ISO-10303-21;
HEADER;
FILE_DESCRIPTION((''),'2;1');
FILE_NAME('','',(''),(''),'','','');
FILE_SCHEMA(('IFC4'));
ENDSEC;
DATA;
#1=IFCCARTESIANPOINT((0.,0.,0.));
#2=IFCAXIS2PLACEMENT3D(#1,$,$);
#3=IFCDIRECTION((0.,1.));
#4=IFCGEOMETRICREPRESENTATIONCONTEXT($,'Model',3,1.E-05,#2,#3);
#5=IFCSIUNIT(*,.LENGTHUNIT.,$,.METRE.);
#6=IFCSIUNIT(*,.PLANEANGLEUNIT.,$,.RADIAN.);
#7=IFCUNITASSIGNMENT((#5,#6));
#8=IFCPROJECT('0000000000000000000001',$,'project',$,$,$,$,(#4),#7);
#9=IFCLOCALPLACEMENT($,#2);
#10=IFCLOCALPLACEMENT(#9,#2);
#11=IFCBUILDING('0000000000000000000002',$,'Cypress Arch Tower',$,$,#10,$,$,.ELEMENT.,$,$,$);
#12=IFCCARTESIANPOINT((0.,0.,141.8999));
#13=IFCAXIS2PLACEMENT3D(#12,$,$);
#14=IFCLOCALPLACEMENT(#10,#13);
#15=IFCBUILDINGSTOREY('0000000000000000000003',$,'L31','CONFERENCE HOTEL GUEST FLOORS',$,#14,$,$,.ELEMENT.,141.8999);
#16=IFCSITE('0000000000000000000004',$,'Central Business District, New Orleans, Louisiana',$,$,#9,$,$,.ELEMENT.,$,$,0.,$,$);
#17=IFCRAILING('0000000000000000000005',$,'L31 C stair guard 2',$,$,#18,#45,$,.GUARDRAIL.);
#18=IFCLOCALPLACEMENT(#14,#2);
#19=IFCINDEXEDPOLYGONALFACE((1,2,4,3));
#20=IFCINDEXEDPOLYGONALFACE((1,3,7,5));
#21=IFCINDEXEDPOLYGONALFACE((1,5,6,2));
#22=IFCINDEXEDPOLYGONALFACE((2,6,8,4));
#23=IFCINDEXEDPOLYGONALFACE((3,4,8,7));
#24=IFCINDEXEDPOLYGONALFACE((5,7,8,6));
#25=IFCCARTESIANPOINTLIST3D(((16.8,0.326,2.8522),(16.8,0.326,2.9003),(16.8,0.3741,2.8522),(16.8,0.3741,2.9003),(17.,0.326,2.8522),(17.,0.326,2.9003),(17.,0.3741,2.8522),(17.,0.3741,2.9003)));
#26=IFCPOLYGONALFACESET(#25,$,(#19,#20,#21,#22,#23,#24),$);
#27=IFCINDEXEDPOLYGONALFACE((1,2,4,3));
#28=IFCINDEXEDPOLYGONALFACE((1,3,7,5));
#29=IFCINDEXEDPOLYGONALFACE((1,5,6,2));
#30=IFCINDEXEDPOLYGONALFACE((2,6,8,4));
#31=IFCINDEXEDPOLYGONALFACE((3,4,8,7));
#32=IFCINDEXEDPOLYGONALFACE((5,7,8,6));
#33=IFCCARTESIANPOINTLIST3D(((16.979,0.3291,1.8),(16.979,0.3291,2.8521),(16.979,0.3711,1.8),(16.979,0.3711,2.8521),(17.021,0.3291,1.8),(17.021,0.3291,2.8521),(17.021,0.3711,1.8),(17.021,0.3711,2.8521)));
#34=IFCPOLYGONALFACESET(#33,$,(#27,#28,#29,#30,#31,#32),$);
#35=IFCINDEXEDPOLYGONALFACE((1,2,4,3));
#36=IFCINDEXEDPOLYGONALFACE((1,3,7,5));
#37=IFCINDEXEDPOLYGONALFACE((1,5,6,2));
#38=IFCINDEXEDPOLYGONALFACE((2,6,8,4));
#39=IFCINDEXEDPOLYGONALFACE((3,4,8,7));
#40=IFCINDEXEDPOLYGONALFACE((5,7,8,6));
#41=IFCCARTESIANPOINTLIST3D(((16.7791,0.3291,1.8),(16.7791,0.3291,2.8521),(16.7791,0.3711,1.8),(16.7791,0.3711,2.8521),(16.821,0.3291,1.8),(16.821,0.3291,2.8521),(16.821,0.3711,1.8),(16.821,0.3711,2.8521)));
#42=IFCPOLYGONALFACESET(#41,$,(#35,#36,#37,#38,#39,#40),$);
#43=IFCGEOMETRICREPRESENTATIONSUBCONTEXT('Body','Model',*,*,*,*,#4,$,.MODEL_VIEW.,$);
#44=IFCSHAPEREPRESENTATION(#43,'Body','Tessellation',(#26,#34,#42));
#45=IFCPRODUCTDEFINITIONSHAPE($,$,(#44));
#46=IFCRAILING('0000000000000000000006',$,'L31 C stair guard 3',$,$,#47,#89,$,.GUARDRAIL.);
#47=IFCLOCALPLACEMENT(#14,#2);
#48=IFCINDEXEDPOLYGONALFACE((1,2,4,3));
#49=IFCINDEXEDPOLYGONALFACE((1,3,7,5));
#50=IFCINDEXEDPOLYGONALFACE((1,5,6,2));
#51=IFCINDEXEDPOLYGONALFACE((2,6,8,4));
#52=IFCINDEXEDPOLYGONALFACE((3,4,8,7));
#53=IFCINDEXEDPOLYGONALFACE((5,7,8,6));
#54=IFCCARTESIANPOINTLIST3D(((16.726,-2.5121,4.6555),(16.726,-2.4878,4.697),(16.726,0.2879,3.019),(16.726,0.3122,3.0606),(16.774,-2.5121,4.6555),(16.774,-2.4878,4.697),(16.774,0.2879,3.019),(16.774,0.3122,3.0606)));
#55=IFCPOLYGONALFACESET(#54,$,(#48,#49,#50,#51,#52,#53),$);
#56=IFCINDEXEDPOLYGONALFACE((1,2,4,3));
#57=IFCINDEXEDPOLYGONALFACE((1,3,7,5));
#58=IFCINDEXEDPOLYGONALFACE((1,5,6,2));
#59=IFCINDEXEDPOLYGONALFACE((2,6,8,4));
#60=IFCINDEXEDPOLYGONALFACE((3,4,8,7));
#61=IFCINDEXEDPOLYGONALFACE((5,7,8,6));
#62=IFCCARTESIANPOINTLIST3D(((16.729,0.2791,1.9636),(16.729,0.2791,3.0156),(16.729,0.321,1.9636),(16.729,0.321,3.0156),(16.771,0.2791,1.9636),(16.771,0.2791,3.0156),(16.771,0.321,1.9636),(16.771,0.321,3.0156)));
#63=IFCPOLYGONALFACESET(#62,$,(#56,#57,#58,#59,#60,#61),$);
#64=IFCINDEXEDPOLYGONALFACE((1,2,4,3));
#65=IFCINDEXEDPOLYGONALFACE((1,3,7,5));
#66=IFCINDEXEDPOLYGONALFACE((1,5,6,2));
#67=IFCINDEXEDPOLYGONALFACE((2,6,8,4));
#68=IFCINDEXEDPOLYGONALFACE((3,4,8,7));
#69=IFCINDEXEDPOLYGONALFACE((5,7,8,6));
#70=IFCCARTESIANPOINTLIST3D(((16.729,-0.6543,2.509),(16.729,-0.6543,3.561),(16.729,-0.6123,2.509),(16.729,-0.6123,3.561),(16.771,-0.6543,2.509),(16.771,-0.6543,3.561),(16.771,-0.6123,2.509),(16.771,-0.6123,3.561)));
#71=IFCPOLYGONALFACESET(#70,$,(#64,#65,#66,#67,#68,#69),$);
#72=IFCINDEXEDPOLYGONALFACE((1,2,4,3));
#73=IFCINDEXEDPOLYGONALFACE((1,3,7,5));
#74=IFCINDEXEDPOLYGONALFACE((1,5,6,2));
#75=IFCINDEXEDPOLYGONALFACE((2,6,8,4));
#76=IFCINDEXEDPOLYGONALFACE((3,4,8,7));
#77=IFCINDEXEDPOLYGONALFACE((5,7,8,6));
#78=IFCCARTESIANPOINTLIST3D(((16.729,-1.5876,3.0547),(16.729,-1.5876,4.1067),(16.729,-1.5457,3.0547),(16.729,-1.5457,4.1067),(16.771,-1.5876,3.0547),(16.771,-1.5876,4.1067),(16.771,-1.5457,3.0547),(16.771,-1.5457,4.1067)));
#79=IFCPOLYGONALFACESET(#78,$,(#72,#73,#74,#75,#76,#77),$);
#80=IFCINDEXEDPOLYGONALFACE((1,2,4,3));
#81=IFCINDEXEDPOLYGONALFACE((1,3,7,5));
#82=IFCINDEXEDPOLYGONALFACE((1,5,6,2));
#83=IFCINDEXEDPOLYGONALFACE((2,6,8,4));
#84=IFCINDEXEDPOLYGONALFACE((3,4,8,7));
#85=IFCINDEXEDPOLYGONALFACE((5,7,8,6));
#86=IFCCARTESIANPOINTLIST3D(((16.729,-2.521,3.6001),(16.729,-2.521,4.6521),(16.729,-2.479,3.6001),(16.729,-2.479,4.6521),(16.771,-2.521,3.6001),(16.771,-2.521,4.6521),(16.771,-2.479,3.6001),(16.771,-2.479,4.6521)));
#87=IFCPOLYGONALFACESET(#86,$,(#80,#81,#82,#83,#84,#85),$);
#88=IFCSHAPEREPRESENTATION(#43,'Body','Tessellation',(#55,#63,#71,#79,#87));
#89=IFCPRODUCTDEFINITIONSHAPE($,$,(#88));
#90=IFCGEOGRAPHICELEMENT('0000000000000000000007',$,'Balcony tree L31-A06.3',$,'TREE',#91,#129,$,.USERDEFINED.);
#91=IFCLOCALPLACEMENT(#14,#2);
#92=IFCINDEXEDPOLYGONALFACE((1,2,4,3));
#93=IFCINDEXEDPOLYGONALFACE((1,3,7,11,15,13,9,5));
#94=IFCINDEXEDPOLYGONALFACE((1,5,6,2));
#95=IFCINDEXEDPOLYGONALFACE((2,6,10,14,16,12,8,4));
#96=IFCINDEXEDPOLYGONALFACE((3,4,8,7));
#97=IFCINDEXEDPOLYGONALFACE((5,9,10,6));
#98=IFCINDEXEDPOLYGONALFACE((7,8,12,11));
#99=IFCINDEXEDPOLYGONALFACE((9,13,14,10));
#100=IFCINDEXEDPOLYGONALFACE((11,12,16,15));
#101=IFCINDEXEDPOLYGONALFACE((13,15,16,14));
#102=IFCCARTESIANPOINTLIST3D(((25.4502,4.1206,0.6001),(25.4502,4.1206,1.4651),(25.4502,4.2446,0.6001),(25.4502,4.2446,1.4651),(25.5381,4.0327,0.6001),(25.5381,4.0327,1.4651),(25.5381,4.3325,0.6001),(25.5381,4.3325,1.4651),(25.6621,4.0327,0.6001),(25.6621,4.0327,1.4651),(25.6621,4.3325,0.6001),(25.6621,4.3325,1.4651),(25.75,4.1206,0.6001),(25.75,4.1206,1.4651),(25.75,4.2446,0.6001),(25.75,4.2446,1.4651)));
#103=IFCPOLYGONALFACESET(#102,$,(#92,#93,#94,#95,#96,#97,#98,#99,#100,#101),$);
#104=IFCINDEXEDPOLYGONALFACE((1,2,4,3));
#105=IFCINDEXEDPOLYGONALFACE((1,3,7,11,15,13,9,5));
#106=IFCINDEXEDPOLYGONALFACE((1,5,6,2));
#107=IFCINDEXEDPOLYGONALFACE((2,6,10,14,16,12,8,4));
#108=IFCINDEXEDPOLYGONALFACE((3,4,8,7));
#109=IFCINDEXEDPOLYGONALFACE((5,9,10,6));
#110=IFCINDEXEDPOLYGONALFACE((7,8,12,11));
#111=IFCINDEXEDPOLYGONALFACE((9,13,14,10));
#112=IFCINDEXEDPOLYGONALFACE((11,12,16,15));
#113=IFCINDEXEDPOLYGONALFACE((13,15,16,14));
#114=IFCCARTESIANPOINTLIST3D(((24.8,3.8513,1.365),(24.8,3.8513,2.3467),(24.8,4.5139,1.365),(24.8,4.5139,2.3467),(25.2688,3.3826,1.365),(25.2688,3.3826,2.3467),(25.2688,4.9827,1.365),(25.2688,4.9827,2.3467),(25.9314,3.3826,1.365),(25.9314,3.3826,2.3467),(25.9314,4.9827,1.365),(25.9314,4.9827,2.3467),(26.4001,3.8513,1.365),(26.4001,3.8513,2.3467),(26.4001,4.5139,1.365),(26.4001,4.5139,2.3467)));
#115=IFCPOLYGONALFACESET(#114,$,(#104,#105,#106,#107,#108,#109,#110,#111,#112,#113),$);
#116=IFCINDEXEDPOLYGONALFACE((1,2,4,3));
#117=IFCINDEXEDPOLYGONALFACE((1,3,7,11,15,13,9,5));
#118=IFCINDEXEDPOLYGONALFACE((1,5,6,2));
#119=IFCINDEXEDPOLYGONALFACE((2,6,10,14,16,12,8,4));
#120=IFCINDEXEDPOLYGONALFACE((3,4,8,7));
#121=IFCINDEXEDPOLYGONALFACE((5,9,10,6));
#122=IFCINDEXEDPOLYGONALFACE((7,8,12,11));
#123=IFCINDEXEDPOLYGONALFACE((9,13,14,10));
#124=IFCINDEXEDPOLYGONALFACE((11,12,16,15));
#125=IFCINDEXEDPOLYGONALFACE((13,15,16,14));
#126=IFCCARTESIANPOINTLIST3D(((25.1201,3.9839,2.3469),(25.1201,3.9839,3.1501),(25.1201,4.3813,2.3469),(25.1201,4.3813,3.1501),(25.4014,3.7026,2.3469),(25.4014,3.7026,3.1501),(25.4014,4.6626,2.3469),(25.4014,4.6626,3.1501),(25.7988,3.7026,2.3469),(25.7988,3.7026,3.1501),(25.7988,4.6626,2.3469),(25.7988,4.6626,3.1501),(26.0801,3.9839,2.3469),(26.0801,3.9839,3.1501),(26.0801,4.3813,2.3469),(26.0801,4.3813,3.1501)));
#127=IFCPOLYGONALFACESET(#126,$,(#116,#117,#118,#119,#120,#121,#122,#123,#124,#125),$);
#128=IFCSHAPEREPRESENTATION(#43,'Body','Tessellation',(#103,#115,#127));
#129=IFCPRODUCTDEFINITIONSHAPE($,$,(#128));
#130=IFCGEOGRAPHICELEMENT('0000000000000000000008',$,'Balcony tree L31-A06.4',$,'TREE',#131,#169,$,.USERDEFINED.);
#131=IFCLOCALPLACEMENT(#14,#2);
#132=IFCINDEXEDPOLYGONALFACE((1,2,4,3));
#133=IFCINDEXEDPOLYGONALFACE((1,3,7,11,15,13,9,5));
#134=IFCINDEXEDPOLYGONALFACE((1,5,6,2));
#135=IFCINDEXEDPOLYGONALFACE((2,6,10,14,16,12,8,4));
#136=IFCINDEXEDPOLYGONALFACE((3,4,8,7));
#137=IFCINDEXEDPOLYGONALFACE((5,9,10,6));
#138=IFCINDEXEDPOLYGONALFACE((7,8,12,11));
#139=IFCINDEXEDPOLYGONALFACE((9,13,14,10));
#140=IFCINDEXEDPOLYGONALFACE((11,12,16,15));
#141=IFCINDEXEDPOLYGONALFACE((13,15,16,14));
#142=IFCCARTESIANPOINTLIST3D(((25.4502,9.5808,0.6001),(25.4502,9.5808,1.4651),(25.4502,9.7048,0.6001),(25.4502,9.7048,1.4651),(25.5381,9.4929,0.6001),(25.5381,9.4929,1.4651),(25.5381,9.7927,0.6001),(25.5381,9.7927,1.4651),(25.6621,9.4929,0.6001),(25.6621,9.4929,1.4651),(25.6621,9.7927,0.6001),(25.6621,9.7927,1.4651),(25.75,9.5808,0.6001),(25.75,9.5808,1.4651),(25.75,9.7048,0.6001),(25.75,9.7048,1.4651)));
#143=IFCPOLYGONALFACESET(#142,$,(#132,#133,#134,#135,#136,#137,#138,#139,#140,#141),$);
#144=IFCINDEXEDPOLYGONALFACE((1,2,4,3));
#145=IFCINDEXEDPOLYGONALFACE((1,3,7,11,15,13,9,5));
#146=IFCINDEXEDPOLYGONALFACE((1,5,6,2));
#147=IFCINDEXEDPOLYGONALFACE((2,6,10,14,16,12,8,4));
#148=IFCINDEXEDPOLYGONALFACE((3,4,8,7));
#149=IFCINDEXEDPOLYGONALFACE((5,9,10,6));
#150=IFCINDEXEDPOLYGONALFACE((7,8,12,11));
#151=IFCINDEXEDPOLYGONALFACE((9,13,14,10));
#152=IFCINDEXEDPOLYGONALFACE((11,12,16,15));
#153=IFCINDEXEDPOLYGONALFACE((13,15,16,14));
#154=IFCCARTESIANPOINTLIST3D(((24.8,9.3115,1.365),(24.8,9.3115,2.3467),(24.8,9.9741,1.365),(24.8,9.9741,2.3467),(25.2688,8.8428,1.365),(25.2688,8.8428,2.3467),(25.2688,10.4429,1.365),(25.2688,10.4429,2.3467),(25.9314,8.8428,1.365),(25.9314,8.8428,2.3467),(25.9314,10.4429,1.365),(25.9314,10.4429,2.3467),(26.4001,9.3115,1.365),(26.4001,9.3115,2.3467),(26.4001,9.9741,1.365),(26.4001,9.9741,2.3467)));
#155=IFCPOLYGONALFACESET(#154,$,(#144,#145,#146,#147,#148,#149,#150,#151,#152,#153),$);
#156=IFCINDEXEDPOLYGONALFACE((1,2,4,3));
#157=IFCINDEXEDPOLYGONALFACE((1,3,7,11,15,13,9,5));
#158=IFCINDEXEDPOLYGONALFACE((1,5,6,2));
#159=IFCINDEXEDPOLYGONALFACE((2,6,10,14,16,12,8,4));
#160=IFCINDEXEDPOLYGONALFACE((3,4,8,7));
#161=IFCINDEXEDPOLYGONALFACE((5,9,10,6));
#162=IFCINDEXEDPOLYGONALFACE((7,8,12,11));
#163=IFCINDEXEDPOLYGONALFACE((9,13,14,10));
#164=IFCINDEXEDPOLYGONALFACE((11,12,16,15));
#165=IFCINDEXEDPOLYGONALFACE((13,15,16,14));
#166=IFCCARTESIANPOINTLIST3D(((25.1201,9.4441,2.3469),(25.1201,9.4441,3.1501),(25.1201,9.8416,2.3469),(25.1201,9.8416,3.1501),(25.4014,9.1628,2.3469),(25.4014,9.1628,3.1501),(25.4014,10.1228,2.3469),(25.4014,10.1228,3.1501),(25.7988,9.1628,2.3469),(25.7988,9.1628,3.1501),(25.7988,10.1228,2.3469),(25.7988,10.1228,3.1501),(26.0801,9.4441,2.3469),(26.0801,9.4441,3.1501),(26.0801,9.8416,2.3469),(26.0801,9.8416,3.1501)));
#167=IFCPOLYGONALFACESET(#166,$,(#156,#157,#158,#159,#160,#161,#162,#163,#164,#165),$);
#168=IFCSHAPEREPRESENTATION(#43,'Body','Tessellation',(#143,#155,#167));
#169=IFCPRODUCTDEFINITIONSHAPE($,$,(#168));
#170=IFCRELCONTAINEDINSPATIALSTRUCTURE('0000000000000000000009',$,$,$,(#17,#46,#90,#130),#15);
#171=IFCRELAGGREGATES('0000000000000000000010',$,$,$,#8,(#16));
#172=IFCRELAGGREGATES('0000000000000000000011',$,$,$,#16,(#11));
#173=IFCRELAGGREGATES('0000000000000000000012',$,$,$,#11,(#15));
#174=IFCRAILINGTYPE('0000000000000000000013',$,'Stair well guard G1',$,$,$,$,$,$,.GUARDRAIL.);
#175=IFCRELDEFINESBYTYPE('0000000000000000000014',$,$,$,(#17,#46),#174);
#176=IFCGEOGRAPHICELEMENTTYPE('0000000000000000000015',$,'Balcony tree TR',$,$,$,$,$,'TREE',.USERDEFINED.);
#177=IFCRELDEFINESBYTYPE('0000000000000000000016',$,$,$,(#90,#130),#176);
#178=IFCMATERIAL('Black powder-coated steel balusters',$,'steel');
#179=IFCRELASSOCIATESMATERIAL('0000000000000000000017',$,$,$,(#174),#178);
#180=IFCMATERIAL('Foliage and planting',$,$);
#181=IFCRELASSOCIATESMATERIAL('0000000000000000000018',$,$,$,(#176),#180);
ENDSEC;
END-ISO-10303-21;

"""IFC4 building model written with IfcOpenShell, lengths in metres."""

from ifc_helpers import new_model, si_unit, direction, frame, origin, origin_2d, place, context, subcontext, project, spatial, polyline, rectangle, outline, extrude, material, type_object, element, save


model = new_model("IFC4")

# Units and contexts
model_context = context("Model", 3, precision=1e-05, world=origin(), true_north=direction((0.0, 1.0)))
body_context = subcontext(model_context, "Body", "Model", "MODEL_VIEW")
ifc_project = project(units=[si_unit("LENGTHUNIT", "METRE"), si_unit("PLANEANGLEUNIT", "RADIAN")], contexts=[model_context])

# Site, building, storey
site_placement = place(None, origin())
site = spatial("IfcSite", under=ifc_project, at=site_placement, Name="Central Business District, New Orleans, Louisiana", CompositionType="ELEMENT", RefElevation=0.0)
building_placement = place(site_placement, origin())
building = spatial("IfcBuilding", under=site, at=building_placement, Name="Cypress Arch Tower", CompositionType="ELEMENT")
storey_placement = place(building_placement, frame((0.0, 0.0, 141.8999)))
storey = spatial("IfcBuildingStorey", under=building, at=storey_placement, Name="L31", Description="CONFERENCE HOTEL GUEST FLOORS", CompositionType="ELEMENT", Elevation=141.8999)

# Railings
ifc_material_1 = material(Name="Black powder-coated steel balusters", Category="steel")
railing_type_1 = type_object("IfcRailingType", Name="Stair well guard G1", PredefinedType="GUARDRAIL", material=ifc_material_1)
railing_1_placement = place(storey_placement, frame((17.0, 0.3501, 1.8)))
element("IfcRailing", 1, at=railing_1_placement, inside=storey, type_object=railing_type_1, Name="L31 C stair guard 2", PredefinedType="GUARDRAIL", context=body_context, shape_type="SweptSolid", body=[
    extrude(rectangle(XDim=0.0481, YDim=0.0481, at=origin_2d()), frame((0.0, 0.0, 1.0762), z_axis=(-1.0, 0.0, 0.0), x_axis=(0.0, -1.0, 0.0)), (0.0, 0.0, 1.0), 0.2),
    extrude(rectangle(XDim=0.042, YDim=0.042, at=origin_2d()), origin(), (0.0, 0.0, 1.0), 1.052),
    extrude(rectangle(XDim=0.042, YDim=0.042, at=origin_2d()), frame((-0.2, 0.0, 0.0)), (0.0, 0.0, 1.0), 1.052),
])
railing_2_placement = place(storey_placement, frame((16.75, 0.3, 1.9636)))
element("IfcRailing", 2, at=railing_2_placement, inside=storey, type_object=railing_type_1, Name="L31 C stair guard 3", PredefinedType="GUARDRAIL", context=body_context, shape_type="SweptSolid", body=[
    extrude(rectangle(XDim=0.0481, YDim=0.0481, at=origin_2d()), frame((0.0, 0.0, 1.0762), z_axis=(0.0, -0.863361, 0.504587), x_axis=(1.0, 0.0, 0.0)), (0.0, 0.0, 1.0), 3.2432),
    extrude(rectangle(XDim=0.042, YDim=0.042, at=origin_2d()), origin(), (0.0, 0.0, 1.0), 1.052),
    extrude(rectangle(XDim=0.042, YDim=0.042, at=origin_2d()), frame((0.0, -0.9333, 0.5454)), (0.0, 0.0, 1.0), 1.052),
    extrude(rectangle(XDim=0.042, YDim=0.042, at=origin_2d()), frame((0.0, -1.8667, 1.0911)), (0.0, 0.0, 1.0), 1.052),
    extrude(rectangle(XDim=0.042, YDim=0.042, at=origin_2d()), frame((0.0, -2.8, 1.6365)), (0.0, 0.0, 1.0), 1.052),
])

# Geographic elements
ifc_material_2 = material(Name="Foliage and planting")
geographic_element_type = type_object("IfcGeographicElementType", Name="Balcony tree TR", ElementType="TREE", PredefinedType="USERDEFINED", material=ifc_material_2)
for number, where, z_axis, x_axis, name in (
    (3, (25.6001, 4.1826, 0.6001), (0.0, 0.0, 1.0), (1.0, 0.0, 0.0), "Balcony tree L31-A06.3"),
    (4, (25.6001, 9.6428, 0.6001), (0.0, 0.0, 1.0), (1.0, 0.0, 0.0), "Balcony tree L31-A06.4"),
):
    element("IfcGeographicElement", number, at=place(storey_placement, frame(where, z_axis=z_axis, x_axis=x_axis)), inside=storey, type_object=geographic_element_type, Name=name, ObjectType="TREE", PredefinedType="USERDEFINED", context=body_context, shape_type="SweptSolid", body=[
        extrude(outline(polyline([(0.1499, 0.062), (0.062, 0.1499), (-0.062, 0.1499), (-0.1499, 0.062), (-0.1499, -0.062), (-0.062, -0.1499), (0.062, -0.1499), (0.1499, -0.062), (0.1499, 0.062)])), origin(), (0.0, 0.0, 1.0), 0.865),
        extrude(outline(polyline([(0.8, 0.3313), (0.3313, 0.8), (-0.3313, 0.8), (-0.8, 0.3313), (-0.8, -0.3313), (-0.3313, -0.8), (0.3313, -0.8), (0.8, -0.3313), (0.8, 0.3313)])), frame((0.0, 0.0, 0.7649)), (0.0, 0.0, 1.0), 0.9817),
        extrude(outline(polyline([(0.48, 0.1987), (0.1987, 0.48), (-0.1987, 0.48), (-0.48, 0.1987), (-0.48, -0.1987), (-0.1987, -0.48), (0.1987, -0.48), (0.48, -0.1987), (0.48, 0.1987)])), frame((0.0, 0.0, 1.7468)), (0.0, 0.0, 1.0), 0.8032),
    ])

save(model, "model.ifc")
